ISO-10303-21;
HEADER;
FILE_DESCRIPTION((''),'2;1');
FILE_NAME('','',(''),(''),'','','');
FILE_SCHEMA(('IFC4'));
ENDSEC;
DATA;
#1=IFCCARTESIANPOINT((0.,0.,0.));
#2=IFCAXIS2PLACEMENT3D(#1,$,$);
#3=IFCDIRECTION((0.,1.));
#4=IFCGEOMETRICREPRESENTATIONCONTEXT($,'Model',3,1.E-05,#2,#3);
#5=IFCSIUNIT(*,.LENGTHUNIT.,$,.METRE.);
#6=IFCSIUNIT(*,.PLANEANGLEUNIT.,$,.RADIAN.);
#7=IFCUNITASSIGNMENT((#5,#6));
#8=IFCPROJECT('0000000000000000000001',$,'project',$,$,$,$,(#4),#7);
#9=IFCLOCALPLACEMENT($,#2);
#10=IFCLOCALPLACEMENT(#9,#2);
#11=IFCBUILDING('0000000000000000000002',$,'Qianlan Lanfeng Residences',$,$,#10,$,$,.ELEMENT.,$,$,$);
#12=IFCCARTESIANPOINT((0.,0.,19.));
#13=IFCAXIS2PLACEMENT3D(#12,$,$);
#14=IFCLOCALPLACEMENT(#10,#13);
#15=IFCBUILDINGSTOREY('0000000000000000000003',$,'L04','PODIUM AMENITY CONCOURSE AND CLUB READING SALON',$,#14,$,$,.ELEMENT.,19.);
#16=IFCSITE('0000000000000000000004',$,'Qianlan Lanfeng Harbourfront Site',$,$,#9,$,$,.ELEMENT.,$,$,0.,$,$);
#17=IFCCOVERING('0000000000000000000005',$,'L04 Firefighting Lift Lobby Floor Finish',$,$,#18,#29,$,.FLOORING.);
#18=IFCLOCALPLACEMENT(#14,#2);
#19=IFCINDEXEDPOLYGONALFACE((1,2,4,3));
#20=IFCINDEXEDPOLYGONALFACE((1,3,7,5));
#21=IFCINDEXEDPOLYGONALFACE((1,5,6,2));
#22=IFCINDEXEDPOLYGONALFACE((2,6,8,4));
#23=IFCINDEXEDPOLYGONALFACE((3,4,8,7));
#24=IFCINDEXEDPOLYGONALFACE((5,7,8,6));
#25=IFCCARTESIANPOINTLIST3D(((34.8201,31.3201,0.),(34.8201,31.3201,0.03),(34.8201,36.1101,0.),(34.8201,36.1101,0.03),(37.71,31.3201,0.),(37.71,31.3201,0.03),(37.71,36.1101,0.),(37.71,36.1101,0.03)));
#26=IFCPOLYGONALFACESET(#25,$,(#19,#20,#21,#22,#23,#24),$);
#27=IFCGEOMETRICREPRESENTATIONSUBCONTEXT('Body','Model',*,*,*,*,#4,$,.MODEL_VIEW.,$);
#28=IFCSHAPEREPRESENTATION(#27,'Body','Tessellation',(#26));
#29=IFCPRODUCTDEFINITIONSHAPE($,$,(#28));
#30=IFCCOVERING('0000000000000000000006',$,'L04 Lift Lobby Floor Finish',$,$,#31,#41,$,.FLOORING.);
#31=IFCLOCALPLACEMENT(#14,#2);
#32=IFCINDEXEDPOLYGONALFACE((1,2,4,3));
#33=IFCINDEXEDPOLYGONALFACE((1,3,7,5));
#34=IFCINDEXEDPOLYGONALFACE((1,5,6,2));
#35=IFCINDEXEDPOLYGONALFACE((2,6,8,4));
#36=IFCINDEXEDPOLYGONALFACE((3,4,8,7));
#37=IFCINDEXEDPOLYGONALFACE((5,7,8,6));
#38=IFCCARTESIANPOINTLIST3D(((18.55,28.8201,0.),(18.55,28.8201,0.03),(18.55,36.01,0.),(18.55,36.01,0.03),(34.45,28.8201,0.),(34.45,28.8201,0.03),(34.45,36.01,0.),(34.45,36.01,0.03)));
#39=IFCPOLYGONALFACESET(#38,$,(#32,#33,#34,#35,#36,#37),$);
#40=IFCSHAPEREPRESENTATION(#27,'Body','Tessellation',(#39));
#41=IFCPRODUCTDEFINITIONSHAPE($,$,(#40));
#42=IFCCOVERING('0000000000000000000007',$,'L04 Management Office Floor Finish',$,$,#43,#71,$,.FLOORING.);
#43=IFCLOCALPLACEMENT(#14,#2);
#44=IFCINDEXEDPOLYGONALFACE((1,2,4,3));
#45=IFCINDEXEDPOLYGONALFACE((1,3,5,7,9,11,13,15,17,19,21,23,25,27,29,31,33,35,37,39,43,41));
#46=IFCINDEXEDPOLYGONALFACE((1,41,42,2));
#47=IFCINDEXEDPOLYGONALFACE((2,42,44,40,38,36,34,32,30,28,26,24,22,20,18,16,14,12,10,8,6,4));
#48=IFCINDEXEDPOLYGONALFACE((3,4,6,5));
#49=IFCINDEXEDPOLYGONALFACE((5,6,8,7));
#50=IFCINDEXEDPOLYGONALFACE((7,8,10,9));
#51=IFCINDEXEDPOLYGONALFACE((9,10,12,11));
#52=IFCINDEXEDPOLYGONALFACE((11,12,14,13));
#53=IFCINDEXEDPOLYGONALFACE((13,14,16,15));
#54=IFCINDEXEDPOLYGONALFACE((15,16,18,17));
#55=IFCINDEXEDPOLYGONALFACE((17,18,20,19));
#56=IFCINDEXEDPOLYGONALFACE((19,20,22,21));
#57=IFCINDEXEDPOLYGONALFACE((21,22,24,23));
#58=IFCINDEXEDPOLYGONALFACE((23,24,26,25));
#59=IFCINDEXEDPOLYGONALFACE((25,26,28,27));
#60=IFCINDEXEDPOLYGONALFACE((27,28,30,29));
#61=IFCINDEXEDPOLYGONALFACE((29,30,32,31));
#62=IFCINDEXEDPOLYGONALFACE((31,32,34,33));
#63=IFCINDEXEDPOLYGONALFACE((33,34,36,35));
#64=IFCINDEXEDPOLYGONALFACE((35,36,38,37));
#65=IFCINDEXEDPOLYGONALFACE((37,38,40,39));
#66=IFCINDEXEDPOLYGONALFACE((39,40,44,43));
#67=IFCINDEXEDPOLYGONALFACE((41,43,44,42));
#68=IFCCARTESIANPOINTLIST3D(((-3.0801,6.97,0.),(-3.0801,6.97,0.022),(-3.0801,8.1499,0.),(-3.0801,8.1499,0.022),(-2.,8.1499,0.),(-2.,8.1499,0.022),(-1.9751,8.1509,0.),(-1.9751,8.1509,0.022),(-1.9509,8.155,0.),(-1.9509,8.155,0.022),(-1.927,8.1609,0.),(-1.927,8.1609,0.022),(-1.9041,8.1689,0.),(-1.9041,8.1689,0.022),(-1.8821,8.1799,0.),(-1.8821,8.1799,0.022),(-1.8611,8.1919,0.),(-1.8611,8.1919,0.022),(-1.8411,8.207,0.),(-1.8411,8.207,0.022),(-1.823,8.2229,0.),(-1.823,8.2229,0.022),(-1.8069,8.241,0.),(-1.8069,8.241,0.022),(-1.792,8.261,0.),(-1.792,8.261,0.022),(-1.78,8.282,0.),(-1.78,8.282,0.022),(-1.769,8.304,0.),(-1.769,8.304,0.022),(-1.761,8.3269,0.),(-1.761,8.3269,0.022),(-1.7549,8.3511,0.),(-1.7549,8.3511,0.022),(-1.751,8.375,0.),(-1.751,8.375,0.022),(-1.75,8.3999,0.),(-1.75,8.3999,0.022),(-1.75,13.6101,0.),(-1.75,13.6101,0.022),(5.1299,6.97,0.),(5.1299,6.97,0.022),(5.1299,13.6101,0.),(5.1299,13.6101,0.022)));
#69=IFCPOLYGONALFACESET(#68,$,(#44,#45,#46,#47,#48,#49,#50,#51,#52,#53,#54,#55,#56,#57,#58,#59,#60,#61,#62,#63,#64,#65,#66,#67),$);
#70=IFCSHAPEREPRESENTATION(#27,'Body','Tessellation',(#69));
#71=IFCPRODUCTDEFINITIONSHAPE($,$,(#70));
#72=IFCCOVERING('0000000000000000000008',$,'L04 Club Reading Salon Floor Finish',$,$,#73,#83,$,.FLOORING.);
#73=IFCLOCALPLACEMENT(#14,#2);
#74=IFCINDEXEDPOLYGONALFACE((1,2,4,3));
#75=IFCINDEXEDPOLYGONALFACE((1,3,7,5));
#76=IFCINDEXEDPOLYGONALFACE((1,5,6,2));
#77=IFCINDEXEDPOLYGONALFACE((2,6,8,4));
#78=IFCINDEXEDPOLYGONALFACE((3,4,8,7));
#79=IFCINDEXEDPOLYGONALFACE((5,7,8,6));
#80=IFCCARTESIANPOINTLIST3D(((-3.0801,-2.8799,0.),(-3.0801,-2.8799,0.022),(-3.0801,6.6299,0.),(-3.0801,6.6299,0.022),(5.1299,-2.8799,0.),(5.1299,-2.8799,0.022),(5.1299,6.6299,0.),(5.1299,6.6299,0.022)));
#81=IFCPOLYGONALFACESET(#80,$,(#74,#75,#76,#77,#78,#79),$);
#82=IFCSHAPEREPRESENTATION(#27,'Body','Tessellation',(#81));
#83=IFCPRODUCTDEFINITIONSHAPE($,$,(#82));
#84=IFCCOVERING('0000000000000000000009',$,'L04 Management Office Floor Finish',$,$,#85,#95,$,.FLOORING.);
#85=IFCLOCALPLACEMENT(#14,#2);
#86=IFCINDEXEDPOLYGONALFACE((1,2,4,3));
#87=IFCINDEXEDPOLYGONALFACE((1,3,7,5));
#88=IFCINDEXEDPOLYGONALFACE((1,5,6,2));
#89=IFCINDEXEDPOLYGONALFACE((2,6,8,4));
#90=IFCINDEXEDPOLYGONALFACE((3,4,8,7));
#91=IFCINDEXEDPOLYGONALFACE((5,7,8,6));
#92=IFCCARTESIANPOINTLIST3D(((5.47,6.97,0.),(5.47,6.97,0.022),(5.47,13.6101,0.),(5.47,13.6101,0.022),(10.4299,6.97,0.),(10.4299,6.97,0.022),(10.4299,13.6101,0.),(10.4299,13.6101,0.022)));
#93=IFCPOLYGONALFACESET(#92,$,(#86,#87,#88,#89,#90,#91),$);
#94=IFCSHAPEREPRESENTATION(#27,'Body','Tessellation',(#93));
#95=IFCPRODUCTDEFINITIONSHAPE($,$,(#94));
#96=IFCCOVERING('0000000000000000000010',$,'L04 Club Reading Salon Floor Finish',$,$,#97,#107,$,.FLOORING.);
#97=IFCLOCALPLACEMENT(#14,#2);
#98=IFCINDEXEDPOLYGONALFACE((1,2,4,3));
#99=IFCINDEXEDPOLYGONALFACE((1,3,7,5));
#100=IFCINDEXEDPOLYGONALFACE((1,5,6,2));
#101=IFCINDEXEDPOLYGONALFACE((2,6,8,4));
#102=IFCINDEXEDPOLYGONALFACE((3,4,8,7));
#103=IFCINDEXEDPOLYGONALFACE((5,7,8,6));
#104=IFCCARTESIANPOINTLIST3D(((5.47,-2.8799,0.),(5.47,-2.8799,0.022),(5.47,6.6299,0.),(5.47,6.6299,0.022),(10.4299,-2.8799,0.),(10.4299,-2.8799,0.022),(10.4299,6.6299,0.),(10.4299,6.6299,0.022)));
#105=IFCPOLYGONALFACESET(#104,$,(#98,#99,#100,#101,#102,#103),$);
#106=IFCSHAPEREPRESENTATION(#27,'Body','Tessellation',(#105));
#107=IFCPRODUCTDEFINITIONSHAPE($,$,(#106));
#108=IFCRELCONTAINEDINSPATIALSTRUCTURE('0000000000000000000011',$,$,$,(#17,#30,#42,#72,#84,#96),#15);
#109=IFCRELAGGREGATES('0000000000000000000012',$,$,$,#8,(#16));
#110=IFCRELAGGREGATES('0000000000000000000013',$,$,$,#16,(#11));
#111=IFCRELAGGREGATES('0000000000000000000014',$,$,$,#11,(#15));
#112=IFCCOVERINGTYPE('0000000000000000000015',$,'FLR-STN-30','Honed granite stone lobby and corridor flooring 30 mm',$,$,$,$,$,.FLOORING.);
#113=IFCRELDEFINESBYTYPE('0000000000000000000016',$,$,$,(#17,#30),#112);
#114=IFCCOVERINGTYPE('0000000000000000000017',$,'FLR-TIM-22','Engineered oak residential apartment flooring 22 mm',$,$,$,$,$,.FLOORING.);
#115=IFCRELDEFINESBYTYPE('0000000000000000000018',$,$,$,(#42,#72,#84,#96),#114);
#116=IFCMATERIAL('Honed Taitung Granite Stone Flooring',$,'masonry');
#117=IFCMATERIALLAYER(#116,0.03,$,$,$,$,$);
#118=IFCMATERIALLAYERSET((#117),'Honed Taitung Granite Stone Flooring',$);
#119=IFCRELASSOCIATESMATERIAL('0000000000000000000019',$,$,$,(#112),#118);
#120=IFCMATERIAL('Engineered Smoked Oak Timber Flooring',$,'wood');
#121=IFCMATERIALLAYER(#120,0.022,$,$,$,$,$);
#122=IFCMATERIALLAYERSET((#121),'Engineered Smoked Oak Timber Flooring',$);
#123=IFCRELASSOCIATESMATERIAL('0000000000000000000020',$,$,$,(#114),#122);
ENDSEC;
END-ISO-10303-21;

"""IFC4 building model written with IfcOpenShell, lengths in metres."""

from ifc_helpers import new_model, si_unit, direction, frame, origin, place, context, subcontext, project, spatial, polyline, outline, extrude, material, layer, layer_set, type_object, element, save


model = new_model("IFC4")

# Units and contexts
model_context = context("Model", 3, precision=1e-05, world=origin(), true_north=direction((0.0, 1.0)))
body_context = subcontext(model_context, "Body", "Model", "MODEL_VIEW")
ifc_project = project(units=[si_unit("LENGTHUNIT", "METRE"), si_unit("PLANEANGLEUNIT", "RADIAN")], contexts=[model_context])

# Site, building, storey
site_placement = place(None, origin())
site = spatial("IfcSite", under=ifc_project, at=site_placement, Name="Qianlan Lanfeng Harbourfront Site", CompositionType="ELEMENT", RefElevation=0.0)
building_placement = place(site_placement, origin())
building = spatial("IfcBuilding", under=site, at=building_placement, Name="Qianlan Lanfeng Residences", CompositionType="ELEMENT")
storey_placement = place(building_placement, frame((0.0, 0.0, 19.0)))
storey = spatial("IfcBuildingStorey", under=building, at=storey_placement, Name="L04", Description="PODIUM AMENITY CONCOURSE AND CLUB READING SALON", CompositionType="ELEMENT", Elevation=19.0)

# Coverings
ifc_material_1 = material(Name="Honed Taitung Granite Stone Flooring", Category="masonry")
ifc_layer_1 = layer(ifc_material_1, 0.03)
ifc_layer_set_1 = layer_set([ifc_layer_1], Name="Honed Taitung Granite Stone Flooring")
covering_type_1 = type_object("IfcCoveringType", Name="FLR-STN-30", Description="Honed granite stone lobby and corridor flooring 30 mm", PredefinedType="FLOORING", material=ifc_layer_set_1)
covering_1_placement = place(storey_placement, origin())
element("IfcCovering", 1, at=covering_1_placement, inside=storey, type_object=covering_type_1, Name="L04 Firefighting Lift Lobby Floor Finish", PredefinedType="FLOORING", context=body_context, shape_type="SweptSolid", body=[
    extrude(outline(polyline([(34.8201, 31.3201), (37.71, 31.3201), (37.71, 36.1101), (34.8201, 36.1101), (34.8201, 31.3201)])), origin(), (0.0, 0.0, 1.0), 0.03),
])
covering_2_placement = place(storey_placement, origin())
element("IfcCovering", 2, at=covering_2_placement, inside=storey, type_object=covering_type_1, Name="L04 Lift Lobby Floor Finish", PredefinedType="FLOORING", context=body_context, shape_type="SweptSolid", body=[
    extrude(outline(polyline([(18.55, 28.8201), (34.45, 28.8201), (34.45, 36.01), (18.55, 36.01), (18.55, 28.8201)])), origin(), (0.0, 0.0, 1.0), 0.03),
])
ifc_material_2 = material(Name="Engineered Smoked Oak Timber Flooring", Category="wood")
ifc_layer_2 = layer(ifc_material_2, 0.022)
ifc_layer_set_2 = layer_set([ifc_layer_2], Name="Engineered Smoked Oak Timber Flooring")
covering_type_2 = type_object("IfcCoveringType", Name="FLR-TIM-22", Description="Engineered oak residential apartment flooring 22 mm", PredefinedType="FLOORING", material=ifc_layer_set_2)
covering_3_placement = place(storey_placement, origin())
element("IfcCovering", 3, at=covering_3_placement, inside=storey, type_object=covering_type_2, Name="L04 Management Office Floor Finish", PredefinedType="FLOORING", context=body_context, shape_type="SweptSolid", body=[
    extrude(outline(polyline([(-3.0801, 6.97), (5.1299, 6.97), (5.1299, 13.6101), (-1.75, 13.6101), (-1.75, 8.3999), (-1.751, 8.375), (-1.7549, 8.3511), (-1.761, 8.3269), (-1.769, 8.304), (-1.78, 8.282), (-1.792, 8.261), (-1.8069, 8.241), (-1.823, 8.2229), (-1.8411, 8.207), (-1.8611, 8.1919), (-1.8821, 8.1799), (-1.9041, 8.1689), (-1.927, 8.1609), (-1.9509, 8.155), (-1.9751, 8.1509), (-2.0, 8.1499), (-3.0801, 8.1499), (-3.0801, 6.97)])), origin(), (0.0, 0.0, 1.0), 0.022),
])
covering_4_placement = place(storey_placement, origin())
element("IfcCovering", 4, at=covering_4_placement, inside=storey, type_object=covering_type_2, Name="L04 Club Reading Salon Floor Finish", PredefinedType="FLOORING", context=body_context, shape_type="SweptSolid", body=[
    extrude(outline(polyline([(-3.0801, -2.8799), (5.1299, -2.8799), (5.1299, 6.6299), (-3.0801, 6.6299), (-3.0801, -2.8799)])), origin(), (0.0, 0.0, 1.0), 0.022),
])
covering_5_placement = place(storey_placement, origin())
element("IfcCovering", 5, at=covering_5_placement, inside=storey, type_object=covering_type_2, Name="L04 Management Office Floor Finish", PredefinedType="FLOORING", context=body_context, shape_type="SweptSolid", body=[
    extrude(outline(polyline([(5.47, 6.97), (10.4299, 6.97), (10.4299, 13.6101), (5.47, 13.6101), (5.47, 6.97)])), origin(), (0.0, 0.0, 1.0), 0.022),
])
covering_6_placement = place(storey_placement, origin())
element("IfcCovering", 6, at=covering_6_placement, inside=storey, type_object=covering_type_2, Name="L04 Club Reading Salon Floor Finish", PredefinedType="FLOORING", context=body_context, shape_type="SweptSolid", body=[
    extrude(outline(polyline([(5.47, -2.8799), (10.4299, -2.8799), (10.4299, 6.6299), (5.47, 6.6299), (5.47, -2.8799)])), origin(), (0.0, 0.0, 1.0), 0.022),
])

save(model, "model.ifc")
